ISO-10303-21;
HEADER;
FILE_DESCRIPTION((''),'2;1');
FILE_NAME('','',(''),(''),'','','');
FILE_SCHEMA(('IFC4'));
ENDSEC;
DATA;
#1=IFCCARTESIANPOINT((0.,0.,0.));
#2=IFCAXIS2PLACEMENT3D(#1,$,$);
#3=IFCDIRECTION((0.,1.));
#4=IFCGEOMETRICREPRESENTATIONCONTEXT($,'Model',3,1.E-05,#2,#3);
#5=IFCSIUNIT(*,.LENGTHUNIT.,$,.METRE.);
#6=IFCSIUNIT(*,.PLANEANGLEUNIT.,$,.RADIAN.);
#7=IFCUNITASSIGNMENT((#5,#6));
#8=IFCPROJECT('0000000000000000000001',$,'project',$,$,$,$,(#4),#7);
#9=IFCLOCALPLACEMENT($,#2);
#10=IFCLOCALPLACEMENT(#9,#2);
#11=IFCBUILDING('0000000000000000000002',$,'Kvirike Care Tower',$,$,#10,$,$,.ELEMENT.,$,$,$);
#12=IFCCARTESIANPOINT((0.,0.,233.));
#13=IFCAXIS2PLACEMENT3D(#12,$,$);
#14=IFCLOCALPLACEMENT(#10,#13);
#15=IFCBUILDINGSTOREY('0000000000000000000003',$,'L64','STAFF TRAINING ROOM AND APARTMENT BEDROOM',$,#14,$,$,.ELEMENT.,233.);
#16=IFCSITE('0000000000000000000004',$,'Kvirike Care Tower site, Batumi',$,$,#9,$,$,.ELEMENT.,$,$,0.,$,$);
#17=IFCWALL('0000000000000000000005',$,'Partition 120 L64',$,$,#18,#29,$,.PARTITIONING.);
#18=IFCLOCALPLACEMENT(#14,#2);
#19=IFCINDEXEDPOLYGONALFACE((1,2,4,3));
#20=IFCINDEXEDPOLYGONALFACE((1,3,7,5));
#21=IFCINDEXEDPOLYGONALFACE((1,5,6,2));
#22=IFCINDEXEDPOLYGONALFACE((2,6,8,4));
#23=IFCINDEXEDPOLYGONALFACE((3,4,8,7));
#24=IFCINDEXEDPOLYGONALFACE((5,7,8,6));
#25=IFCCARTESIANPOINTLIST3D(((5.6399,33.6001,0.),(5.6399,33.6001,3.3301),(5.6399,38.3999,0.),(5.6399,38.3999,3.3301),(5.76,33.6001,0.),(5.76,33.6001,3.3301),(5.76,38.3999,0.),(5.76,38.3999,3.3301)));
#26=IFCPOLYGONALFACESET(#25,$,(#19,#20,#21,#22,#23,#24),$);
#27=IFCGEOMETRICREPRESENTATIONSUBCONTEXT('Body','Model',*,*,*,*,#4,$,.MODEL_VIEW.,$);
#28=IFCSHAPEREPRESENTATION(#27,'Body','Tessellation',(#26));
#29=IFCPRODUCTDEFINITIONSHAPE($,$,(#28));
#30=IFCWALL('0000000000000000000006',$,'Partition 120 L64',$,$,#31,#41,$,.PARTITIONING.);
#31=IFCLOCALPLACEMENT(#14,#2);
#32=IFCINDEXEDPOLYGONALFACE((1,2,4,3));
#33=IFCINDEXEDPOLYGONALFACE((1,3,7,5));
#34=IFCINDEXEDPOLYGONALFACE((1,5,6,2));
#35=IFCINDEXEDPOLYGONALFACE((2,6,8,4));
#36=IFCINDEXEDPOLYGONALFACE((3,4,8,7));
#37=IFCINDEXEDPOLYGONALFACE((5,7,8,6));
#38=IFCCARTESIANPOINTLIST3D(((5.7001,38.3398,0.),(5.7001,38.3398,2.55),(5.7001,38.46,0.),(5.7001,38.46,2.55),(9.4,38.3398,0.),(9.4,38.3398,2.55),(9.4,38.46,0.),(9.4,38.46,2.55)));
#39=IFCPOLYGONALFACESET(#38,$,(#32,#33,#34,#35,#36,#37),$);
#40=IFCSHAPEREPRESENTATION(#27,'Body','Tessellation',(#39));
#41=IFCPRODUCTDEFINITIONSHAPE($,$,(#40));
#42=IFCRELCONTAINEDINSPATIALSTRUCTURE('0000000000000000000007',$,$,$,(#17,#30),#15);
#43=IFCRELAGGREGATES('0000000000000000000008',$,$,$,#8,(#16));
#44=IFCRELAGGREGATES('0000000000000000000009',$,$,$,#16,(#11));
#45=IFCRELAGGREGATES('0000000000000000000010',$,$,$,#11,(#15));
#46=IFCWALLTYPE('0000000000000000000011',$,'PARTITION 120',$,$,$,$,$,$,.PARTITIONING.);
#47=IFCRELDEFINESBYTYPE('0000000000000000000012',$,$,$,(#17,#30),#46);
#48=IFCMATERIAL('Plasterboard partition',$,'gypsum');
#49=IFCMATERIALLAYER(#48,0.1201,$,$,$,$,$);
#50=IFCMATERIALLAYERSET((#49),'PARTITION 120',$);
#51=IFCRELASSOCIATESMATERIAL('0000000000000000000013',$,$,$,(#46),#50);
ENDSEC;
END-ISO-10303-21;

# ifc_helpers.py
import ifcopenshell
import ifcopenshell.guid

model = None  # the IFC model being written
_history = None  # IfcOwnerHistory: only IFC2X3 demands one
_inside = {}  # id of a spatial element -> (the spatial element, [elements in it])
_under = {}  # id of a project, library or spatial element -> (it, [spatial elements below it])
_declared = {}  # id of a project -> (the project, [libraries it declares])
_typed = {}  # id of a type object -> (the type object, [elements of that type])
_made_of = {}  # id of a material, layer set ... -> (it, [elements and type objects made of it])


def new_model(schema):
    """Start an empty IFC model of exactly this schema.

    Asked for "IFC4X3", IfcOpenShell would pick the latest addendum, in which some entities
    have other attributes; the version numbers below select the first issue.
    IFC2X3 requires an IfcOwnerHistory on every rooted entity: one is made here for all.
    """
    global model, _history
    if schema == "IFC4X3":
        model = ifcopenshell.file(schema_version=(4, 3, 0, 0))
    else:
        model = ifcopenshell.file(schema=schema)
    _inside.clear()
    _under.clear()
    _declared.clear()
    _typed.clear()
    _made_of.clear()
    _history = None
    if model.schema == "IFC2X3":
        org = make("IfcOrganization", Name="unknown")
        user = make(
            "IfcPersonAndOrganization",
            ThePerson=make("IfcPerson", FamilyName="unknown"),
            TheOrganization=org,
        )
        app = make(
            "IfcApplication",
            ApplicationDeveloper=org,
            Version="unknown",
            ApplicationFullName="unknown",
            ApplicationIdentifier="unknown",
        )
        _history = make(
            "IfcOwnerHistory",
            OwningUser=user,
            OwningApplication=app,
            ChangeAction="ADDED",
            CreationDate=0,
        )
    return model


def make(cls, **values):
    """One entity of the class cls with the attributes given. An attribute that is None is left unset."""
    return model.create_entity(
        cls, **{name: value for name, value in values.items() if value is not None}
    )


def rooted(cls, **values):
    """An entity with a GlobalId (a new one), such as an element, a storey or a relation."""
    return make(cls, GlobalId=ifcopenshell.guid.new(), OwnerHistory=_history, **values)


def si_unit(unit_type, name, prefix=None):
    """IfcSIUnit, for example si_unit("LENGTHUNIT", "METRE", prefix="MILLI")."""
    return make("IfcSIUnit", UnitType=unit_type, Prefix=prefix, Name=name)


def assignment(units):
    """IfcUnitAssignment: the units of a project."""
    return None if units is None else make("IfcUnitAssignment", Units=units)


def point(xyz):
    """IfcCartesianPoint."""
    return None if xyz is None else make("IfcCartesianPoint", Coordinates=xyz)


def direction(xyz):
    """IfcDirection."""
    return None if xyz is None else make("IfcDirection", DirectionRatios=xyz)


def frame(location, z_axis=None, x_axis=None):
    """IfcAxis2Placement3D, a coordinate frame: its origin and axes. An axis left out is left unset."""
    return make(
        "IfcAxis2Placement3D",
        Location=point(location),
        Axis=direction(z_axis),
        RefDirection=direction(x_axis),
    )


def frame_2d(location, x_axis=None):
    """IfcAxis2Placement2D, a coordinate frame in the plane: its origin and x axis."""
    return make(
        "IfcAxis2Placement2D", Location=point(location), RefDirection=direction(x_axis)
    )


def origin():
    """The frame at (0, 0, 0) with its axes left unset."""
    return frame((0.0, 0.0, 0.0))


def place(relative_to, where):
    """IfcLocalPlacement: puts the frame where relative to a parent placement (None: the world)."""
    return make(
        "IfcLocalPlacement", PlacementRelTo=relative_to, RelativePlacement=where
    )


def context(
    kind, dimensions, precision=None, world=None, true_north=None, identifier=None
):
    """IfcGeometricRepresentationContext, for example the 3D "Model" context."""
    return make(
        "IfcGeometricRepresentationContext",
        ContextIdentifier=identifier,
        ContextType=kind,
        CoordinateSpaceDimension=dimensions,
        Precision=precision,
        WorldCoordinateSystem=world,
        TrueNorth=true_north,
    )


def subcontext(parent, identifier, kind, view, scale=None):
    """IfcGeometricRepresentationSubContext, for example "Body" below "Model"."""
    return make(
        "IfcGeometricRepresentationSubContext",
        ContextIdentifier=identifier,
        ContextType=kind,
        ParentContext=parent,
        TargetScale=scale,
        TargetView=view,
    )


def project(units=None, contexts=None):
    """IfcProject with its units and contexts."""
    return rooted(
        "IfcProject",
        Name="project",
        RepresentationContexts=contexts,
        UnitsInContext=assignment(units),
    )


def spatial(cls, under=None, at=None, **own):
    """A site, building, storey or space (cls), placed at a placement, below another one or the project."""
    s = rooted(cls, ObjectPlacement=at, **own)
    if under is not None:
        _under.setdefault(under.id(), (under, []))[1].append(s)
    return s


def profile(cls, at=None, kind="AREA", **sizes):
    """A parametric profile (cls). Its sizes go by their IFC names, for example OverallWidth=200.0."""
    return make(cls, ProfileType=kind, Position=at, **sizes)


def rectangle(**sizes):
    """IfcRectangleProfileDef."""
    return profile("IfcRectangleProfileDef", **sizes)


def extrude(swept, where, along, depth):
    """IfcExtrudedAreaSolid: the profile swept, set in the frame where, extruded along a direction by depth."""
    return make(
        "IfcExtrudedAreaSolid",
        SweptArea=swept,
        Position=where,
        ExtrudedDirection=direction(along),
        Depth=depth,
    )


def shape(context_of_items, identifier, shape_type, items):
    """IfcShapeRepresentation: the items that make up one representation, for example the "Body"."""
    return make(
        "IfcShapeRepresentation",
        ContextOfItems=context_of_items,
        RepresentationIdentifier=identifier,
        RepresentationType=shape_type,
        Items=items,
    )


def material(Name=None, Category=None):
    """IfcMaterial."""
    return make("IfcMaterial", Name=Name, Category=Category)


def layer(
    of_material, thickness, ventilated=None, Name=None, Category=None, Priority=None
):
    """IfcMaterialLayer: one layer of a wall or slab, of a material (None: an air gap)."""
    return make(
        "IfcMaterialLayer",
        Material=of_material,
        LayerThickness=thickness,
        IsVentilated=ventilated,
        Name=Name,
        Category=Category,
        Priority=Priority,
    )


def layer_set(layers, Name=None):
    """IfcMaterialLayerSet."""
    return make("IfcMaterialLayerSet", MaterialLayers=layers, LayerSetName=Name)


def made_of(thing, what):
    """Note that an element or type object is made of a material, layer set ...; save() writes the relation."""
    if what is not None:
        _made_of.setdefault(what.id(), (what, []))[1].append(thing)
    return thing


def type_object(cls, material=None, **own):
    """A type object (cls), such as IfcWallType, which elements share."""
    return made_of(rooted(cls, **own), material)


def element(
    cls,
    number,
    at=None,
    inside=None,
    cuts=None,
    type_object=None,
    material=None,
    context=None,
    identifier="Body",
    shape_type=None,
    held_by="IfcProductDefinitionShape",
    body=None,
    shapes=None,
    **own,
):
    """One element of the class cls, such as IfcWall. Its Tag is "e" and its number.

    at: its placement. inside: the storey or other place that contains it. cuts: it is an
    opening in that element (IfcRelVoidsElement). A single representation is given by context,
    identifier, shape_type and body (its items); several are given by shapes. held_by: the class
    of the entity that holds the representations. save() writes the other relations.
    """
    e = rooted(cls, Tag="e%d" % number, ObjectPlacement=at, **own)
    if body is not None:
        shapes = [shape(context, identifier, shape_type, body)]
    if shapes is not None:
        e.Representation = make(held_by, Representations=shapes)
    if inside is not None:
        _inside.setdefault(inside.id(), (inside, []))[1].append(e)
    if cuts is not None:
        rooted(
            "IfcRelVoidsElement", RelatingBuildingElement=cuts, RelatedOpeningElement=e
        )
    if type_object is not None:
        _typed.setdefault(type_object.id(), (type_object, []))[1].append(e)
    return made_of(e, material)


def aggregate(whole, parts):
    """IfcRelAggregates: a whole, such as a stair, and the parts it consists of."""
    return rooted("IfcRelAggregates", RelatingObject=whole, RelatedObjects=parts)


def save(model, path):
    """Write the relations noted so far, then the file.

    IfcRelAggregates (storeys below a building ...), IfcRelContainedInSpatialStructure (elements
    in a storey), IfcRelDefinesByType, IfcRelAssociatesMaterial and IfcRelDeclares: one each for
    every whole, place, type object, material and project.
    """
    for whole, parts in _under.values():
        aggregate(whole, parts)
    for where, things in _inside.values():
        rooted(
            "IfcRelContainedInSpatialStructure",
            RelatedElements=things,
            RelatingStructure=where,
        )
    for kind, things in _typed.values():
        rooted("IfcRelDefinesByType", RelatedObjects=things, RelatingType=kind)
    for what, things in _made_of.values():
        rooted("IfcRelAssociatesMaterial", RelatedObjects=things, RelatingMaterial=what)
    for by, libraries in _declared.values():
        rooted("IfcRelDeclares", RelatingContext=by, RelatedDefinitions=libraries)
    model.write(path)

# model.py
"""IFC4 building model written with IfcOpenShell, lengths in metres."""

from ifc_helpers import new_model, si_unit, direction, frame, frame_2d, origin, place, context, subcontext, project, spatial, rectangle, extrude, material, layer, layer_set, type_object, element, save


model = new_model("IFC4")

# Units and contexts
model_context = context("Model", 3, precision=1e-05, world=origin(), true_north=direction((0.0, 1.0)))
body_context = subcontext(model_context, "Body", "Model", "MODEL_VIEW")
ifc_project = project(units=[si_unit("LENGTHUNIT", "METRE"), si_unit("PLANEANGLEUNIT", "RADIAN")], contexts=[model_context])

# Site, building, storey
site_placement = place(None, origin())
site = spatial("IfcSite", under=ifc_project, at=site_placement, Name="Kvirike Care Tower site, Batumi", CompositionType="ELEMENT", RefElevation=0.0)
building_placement = place(site_placement, origin())
building = spatial("IfcBuilding", under=site, at=building_placement, Name="Kvirike Care Tower", CompositionType="ELEMENT")
storey_placement = place(building_placement, frame((0.0, 0.0, 233.0)))
storey = spatial("IfcBuildingStorey", under=building, at=storey_placement, Name="L64", Description="STAFF TRAINING ROOM AND APARTMENT BEDROOM", CompositionType="ELEMENT", Elevation=233.0)

# Walls
ifc_material_1 = material(Name="Plasterboard partition", Category="gypsum")
ifc_layer_1 = layer(ifc_material_1, 0.1201)
ifc_layer_set_1 = layer_set([ifc_layer_1], Name="PARTITION 120")
wall_type = type_object("IfcWallType", Name="PARTITION 120", PredefinedType="PARTITIONING", material=ifc_layer_set_1)
wall_1_placement = place(storey_placement, frame((5.7, 38.3999, 0.0), z_axis=(0.0, 0.0, 1.0), x_axis=(0.0, -1.0, 0.0)))
element("IfcWall", 1, at=wall_1_placement, inside=storey, type_object=wall_type, Name="Partition 120 L64", PredefinedType="PARTITIONING", context=body_context, shape_type="SweptSolid", body=[
    extrude(rectangle(XDim=4.7998, YDim=0.1201, at=frame_2d((2.3999, 0.0))), origin(), (0.0, 0.0, 1.0), 3.3301),
])
wall_2_placement = place(storey_placement, frame((5.7, 38.3999, 0.0), z_axis=(0.0, 0.0, 1.0), x_axis=(1.0, 0.0, 0.0)))
element("IfcWall", 2, at=wall_2_placement, inside=storey, type_object=wall_type, Name="Partition 120 L64", PredefinedType="PARTITIONING", context=body_context, shape_type="SweptSolid", body=[
    extrude(rectangle(XDim=3.7, YDim=0.1201, at=frame_2d((1.8501, 0.0))), origin(), (0.0, 0.0, 1.0), 2.55),
])

save(model, "model.ifc")
